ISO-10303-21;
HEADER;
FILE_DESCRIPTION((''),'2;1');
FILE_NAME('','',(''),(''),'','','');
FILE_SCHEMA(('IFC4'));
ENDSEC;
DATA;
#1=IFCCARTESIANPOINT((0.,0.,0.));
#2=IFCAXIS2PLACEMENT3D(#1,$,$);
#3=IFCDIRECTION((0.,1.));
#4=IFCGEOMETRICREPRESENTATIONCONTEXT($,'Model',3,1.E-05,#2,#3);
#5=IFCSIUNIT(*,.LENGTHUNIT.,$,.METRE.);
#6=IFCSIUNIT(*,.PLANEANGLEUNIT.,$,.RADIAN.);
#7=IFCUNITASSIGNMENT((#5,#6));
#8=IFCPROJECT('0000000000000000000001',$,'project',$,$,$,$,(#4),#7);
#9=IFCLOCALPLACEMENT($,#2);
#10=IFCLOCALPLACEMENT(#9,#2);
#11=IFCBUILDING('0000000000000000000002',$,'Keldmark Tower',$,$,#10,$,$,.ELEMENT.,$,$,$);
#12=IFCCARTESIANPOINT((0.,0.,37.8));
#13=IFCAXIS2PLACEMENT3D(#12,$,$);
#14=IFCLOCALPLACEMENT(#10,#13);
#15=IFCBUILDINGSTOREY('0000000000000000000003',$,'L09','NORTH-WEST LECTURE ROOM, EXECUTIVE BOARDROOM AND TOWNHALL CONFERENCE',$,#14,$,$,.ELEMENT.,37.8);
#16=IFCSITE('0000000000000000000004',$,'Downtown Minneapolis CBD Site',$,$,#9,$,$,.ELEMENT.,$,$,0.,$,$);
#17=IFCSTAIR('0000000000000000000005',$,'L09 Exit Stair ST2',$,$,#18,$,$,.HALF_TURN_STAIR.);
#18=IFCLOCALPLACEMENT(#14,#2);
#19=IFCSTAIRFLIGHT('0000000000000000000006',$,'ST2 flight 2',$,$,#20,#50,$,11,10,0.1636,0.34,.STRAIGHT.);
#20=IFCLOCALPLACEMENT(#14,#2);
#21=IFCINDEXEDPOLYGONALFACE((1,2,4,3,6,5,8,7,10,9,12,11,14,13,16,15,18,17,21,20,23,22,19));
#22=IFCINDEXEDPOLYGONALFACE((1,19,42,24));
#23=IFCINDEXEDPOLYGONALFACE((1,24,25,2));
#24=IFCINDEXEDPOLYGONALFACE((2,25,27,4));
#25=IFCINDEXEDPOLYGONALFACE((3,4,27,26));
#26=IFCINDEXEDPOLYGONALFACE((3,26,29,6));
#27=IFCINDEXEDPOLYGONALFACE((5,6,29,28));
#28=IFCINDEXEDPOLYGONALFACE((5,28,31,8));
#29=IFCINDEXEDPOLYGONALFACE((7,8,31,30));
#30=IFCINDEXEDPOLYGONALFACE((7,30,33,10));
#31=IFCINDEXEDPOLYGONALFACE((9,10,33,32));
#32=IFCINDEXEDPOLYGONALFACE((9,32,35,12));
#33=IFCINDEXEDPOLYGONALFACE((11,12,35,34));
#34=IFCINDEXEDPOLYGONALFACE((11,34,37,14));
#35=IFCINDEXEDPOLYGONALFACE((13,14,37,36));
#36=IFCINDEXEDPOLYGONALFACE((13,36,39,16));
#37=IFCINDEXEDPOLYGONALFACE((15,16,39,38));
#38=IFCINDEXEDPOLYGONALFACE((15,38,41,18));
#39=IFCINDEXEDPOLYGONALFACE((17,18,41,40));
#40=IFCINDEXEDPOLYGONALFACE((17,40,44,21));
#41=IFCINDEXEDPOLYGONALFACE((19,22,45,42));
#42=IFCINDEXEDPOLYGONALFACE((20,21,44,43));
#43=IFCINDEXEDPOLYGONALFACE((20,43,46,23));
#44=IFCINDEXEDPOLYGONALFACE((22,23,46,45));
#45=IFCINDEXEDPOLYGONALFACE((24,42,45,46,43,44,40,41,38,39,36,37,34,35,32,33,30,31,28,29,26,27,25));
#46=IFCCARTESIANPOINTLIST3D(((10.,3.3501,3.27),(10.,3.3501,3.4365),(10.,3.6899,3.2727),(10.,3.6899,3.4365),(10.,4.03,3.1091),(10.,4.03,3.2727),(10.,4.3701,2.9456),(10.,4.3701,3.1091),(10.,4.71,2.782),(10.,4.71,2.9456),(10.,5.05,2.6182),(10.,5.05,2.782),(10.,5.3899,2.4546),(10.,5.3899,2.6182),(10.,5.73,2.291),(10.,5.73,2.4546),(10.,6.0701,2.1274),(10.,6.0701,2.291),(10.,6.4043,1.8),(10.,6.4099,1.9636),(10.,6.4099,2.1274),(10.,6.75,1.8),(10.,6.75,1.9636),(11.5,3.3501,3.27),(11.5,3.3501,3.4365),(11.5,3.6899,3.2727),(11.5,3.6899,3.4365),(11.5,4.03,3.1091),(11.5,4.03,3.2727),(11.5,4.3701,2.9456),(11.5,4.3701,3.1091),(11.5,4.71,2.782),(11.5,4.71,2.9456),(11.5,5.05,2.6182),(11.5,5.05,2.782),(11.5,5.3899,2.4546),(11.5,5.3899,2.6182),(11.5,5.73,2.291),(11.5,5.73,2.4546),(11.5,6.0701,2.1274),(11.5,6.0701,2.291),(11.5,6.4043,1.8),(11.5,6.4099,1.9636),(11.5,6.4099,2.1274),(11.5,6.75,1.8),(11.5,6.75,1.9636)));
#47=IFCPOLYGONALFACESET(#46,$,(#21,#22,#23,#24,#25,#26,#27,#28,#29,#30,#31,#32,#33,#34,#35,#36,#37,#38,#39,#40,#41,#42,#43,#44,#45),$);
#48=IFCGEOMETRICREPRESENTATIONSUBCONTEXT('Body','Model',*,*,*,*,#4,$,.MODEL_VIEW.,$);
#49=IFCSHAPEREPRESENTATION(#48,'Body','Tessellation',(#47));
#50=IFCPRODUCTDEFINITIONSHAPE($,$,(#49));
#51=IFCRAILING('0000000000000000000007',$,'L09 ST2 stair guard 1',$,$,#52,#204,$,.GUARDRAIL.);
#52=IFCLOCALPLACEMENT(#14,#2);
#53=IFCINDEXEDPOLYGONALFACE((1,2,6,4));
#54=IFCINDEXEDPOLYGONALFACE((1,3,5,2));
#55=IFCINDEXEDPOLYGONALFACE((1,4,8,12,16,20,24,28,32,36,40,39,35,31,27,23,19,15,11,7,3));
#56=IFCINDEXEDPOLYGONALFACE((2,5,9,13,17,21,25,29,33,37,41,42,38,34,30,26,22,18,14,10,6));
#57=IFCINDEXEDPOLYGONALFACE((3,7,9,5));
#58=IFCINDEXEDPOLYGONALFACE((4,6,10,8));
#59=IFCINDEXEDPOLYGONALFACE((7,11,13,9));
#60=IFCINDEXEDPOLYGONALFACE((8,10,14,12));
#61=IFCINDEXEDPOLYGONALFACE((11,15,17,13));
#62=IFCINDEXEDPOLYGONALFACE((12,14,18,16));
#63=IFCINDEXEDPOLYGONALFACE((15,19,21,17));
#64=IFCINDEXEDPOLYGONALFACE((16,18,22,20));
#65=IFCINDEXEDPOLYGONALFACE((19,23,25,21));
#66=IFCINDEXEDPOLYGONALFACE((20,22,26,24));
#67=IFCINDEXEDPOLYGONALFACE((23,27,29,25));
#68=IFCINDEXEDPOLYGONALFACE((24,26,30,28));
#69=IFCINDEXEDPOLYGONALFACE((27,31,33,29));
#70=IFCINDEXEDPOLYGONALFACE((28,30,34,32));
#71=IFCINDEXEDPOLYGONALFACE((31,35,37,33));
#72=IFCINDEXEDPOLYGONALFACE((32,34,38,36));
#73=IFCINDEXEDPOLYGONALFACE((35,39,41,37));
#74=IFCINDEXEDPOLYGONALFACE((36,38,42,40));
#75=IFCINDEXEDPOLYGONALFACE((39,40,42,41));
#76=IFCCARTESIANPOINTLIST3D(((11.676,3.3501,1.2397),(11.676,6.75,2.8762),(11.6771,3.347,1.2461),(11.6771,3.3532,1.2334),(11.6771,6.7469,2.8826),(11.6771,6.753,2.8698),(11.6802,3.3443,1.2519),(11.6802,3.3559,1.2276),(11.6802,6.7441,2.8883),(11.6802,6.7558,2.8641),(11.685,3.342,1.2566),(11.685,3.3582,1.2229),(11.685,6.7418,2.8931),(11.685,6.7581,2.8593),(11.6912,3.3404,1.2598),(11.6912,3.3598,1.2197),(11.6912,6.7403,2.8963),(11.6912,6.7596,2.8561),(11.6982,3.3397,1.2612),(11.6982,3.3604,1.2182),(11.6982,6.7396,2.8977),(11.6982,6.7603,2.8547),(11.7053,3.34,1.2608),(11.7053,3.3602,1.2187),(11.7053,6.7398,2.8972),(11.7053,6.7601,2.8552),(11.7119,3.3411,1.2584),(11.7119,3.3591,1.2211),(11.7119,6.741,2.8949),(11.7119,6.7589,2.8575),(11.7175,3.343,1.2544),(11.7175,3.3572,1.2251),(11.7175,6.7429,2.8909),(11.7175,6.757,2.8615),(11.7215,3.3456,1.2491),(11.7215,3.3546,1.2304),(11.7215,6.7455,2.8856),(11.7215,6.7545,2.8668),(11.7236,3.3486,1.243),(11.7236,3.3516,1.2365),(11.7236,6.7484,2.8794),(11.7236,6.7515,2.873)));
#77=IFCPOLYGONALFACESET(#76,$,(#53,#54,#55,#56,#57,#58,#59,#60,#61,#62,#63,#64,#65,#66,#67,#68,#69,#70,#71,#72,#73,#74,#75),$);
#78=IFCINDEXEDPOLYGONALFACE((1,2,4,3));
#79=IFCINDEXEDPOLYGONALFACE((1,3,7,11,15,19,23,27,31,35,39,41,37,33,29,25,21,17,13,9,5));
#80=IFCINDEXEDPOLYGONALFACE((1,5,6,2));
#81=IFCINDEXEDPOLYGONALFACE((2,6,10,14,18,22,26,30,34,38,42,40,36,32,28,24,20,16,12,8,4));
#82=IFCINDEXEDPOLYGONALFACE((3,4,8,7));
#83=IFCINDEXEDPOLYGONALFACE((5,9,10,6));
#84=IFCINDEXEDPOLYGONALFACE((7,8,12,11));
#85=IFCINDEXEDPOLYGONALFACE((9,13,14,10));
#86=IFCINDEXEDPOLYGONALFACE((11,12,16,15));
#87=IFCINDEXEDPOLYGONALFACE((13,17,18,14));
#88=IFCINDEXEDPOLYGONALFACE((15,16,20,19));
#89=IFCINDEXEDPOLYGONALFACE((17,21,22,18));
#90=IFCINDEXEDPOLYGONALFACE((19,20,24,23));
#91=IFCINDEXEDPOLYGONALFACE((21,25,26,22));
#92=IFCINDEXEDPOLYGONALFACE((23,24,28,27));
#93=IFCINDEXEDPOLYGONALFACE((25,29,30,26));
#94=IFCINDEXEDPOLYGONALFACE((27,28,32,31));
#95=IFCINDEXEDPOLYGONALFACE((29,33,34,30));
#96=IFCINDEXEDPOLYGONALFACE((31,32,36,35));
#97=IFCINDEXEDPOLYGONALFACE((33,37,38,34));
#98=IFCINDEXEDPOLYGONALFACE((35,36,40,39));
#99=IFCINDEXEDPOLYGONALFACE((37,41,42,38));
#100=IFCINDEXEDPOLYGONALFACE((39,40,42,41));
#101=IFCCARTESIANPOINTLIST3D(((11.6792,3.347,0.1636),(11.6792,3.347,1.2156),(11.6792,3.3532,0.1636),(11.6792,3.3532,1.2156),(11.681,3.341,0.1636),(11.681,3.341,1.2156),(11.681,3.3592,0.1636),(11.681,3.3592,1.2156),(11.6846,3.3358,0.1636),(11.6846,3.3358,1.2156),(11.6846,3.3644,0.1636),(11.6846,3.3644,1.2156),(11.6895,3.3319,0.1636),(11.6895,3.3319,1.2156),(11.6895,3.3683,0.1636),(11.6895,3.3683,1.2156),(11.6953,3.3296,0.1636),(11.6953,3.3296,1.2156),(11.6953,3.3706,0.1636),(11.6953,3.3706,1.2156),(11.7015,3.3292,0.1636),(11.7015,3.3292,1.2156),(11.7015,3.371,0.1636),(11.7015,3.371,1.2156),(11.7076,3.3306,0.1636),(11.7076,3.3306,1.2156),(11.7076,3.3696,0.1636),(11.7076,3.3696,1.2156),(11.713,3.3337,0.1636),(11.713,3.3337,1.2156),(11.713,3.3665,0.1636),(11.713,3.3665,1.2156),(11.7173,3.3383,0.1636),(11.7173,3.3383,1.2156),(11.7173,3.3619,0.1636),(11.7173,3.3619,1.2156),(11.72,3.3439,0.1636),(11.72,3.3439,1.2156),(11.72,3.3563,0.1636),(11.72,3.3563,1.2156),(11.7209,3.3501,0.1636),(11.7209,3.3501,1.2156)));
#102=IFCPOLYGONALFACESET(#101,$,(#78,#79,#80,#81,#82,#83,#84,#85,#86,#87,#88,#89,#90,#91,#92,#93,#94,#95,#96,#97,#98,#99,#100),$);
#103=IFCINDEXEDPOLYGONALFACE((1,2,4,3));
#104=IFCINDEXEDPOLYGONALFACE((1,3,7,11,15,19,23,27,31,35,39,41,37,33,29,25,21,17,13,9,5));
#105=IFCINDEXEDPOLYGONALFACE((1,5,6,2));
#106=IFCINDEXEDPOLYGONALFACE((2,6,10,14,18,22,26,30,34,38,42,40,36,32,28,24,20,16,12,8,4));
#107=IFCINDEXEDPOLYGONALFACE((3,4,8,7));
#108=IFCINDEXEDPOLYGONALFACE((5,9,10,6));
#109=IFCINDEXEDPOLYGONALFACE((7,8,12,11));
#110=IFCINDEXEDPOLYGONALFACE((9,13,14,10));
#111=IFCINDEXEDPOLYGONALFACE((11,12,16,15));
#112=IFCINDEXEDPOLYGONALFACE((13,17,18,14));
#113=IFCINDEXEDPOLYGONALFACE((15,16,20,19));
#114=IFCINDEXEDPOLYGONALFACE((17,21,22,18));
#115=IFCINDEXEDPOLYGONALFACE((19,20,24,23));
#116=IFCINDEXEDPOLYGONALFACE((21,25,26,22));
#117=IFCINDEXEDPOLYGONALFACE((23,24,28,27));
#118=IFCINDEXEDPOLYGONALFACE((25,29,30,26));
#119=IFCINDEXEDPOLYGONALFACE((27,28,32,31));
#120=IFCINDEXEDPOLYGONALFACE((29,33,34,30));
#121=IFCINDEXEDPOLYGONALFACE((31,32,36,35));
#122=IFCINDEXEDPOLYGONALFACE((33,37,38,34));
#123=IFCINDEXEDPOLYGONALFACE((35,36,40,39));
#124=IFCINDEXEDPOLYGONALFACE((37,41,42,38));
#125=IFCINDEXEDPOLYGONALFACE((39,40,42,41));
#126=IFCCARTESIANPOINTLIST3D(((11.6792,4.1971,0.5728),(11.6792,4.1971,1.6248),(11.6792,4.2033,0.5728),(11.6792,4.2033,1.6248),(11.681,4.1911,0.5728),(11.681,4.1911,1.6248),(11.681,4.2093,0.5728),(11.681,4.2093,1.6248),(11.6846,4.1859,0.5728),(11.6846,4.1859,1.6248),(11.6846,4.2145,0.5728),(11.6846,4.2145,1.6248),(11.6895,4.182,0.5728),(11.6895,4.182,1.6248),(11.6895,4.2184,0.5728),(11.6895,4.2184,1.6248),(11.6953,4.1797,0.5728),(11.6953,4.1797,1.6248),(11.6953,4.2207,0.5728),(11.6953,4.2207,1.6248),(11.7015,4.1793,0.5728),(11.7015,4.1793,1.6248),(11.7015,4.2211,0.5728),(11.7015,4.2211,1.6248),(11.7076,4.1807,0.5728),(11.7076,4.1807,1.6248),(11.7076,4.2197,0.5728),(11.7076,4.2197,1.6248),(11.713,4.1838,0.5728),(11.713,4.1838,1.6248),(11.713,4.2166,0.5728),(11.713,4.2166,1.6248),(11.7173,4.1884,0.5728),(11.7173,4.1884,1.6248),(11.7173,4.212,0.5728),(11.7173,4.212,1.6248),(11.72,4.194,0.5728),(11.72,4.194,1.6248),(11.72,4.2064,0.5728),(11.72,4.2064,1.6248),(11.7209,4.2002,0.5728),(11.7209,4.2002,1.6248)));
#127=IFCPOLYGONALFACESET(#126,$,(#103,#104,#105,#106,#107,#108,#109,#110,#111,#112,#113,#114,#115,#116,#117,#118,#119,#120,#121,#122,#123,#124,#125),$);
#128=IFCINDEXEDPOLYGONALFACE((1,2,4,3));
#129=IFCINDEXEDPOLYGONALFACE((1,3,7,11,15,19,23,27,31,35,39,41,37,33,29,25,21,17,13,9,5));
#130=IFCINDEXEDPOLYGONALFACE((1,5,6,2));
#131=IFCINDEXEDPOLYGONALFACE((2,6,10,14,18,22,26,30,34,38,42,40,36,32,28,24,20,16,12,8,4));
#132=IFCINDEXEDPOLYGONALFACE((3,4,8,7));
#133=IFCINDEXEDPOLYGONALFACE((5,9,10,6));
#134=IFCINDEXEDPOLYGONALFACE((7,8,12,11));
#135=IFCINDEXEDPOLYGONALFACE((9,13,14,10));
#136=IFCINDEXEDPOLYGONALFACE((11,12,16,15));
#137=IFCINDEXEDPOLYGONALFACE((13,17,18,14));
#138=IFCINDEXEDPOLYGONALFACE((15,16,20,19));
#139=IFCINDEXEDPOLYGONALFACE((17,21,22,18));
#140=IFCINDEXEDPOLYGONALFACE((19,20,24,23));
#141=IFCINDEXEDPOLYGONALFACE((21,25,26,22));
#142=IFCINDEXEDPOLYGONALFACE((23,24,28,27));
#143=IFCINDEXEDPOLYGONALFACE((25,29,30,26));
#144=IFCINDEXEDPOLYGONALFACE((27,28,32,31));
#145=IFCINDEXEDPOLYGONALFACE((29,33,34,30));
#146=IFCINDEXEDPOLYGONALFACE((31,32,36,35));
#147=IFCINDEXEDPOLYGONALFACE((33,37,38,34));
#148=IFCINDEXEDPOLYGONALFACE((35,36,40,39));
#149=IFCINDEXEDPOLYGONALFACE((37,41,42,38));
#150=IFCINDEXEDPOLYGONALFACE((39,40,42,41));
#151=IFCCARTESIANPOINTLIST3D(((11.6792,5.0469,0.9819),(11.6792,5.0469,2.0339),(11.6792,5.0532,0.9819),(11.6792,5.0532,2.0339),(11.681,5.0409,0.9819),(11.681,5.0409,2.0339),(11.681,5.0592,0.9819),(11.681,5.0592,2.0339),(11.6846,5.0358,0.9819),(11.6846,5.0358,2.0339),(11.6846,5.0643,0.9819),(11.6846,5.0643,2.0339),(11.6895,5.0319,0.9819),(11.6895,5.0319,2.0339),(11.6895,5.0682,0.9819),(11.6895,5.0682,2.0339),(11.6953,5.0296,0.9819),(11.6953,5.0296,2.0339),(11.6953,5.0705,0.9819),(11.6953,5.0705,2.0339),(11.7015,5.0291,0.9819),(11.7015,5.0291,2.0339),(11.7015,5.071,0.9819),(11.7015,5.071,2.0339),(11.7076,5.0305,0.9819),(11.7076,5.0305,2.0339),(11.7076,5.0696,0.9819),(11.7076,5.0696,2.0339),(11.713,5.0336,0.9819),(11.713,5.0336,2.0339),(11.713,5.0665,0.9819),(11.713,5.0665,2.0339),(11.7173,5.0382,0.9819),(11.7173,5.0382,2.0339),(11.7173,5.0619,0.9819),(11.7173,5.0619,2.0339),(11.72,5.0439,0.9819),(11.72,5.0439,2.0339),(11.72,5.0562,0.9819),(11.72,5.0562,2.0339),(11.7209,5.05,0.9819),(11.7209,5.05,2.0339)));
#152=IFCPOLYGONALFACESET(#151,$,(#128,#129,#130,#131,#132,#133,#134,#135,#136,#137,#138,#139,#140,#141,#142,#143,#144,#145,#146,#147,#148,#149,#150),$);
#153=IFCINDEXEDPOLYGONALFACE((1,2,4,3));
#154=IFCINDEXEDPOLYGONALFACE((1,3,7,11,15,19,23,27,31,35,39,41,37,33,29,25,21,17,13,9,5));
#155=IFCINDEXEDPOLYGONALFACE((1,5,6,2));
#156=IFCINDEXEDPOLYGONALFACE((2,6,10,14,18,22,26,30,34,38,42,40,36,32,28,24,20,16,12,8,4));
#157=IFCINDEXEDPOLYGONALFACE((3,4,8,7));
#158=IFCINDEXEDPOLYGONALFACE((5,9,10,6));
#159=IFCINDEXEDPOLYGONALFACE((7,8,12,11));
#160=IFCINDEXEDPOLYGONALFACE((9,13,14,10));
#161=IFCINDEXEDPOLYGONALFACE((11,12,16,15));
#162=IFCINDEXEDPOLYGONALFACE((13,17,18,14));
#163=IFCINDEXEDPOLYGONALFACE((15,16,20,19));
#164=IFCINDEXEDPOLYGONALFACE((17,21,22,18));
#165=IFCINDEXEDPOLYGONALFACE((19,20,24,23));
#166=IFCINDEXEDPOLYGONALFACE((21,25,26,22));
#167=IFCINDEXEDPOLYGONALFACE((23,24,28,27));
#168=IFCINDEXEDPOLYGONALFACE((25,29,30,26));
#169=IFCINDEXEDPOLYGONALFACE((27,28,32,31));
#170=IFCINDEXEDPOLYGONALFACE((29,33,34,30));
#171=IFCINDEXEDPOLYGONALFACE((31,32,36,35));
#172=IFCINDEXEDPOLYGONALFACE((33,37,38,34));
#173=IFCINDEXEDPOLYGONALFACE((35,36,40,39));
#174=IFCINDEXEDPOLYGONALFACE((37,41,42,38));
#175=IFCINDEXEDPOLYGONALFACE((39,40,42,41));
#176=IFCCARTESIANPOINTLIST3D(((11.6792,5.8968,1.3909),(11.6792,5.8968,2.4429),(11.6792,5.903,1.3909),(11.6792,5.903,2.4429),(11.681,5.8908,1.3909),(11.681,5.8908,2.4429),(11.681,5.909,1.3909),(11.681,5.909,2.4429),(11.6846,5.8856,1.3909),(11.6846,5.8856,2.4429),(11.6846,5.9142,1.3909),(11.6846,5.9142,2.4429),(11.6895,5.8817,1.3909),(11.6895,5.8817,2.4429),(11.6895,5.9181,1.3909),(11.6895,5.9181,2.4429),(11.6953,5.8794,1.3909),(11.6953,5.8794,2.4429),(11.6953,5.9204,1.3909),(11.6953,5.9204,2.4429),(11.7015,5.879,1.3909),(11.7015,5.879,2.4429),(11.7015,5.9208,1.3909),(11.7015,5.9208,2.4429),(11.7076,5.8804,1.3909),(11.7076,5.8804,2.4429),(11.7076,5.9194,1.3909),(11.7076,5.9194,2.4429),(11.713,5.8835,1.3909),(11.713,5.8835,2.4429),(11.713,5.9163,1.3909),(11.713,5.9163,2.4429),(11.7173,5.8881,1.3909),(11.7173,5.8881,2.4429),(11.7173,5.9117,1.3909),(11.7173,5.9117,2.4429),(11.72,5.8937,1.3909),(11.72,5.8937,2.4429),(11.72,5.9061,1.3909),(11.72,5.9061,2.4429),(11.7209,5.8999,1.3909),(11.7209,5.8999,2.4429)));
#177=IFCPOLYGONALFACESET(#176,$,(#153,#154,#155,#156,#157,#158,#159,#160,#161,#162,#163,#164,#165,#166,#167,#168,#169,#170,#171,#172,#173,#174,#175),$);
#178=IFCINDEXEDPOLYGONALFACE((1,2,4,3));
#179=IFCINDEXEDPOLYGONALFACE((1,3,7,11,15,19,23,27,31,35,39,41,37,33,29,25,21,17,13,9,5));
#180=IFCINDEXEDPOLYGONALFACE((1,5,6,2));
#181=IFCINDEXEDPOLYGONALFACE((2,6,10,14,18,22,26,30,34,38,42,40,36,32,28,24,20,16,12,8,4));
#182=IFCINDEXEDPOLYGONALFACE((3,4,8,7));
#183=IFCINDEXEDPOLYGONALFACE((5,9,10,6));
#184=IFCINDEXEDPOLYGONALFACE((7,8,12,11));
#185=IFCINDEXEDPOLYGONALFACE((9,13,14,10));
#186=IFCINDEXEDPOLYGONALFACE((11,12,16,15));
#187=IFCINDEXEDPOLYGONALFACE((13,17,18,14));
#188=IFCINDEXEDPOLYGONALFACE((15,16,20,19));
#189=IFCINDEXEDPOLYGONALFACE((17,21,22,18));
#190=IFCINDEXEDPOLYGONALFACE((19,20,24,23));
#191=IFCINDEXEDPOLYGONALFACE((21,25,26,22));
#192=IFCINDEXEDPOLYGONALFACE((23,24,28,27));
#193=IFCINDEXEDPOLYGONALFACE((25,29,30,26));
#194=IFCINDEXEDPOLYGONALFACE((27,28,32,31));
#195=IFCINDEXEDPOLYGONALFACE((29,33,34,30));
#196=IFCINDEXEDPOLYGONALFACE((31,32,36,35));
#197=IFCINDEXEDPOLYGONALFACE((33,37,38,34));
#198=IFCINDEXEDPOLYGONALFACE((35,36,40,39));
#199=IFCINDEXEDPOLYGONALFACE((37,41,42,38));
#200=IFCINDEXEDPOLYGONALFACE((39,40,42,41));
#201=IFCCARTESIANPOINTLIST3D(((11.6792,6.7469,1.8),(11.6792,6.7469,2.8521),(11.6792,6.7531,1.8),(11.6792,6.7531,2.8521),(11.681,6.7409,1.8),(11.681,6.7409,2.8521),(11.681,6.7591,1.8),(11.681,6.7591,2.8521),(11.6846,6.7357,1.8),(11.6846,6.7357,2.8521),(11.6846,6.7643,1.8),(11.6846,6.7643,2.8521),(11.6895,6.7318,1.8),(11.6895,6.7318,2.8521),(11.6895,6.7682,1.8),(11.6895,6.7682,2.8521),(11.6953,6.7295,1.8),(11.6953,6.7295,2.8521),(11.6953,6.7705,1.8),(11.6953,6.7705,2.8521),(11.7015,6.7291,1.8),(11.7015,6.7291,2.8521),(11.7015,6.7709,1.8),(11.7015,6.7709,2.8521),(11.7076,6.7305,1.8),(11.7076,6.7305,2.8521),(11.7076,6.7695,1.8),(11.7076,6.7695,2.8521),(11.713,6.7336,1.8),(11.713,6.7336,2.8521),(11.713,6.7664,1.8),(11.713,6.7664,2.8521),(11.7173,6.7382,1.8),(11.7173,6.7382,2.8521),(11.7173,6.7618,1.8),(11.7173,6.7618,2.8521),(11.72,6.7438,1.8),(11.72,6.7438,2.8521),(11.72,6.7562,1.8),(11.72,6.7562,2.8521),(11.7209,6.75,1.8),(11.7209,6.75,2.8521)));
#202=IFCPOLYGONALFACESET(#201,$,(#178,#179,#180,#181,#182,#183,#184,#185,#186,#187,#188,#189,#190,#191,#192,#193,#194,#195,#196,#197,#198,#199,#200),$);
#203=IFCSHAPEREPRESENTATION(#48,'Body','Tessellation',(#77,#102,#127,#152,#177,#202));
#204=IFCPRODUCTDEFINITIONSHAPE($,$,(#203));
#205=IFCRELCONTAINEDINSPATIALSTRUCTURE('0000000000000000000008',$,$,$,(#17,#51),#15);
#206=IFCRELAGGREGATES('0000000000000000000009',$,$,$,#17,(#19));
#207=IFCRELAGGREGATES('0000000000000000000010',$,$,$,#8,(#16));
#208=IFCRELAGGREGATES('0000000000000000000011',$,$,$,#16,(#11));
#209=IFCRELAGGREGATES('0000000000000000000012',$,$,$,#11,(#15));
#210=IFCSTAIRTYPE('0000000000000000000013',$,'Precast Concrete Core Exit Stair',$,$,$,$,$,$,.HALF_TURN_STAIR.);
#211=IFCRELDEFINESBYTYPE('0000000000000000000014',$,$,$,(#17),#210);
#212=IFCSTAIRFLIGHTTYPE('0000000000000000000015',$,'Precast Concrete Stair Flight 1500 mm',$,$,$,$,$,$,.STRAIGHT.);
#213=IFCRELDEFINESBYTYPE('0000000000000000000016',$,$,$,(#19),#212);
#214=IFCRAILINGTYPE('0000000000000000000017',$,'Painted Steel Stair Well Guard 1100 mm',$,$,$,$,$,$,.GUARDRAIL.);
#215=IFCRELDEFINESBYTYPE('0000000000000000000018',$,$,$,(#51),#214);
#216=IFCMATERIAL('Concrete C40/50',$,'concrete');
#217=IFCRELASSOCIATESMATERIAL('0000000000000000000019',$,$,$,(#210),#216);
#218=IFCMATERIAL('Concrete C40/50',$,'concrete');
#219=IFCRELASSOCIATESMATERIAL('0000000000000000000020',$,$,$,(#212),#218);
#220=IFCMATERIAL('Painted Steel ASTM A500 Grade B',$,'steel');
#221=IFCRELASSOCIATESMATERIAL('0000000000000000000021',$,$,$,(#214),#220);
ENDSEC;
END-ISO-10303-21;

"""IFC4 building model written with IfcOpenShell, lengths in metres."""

from ifc_helpers import new_model, si_unit, direction, frame, origin, origin_2d, place, context, subcontext, project, spatial, polyline, circle, outline, extrude, material, type_object, element, aggregate, save


model = new_model("IFC4")

# Units and contexts
model_context = context("Model", 3, precision=1e-05, world=origin(), true_north=direction((0.0, 1.0)))
body_context = subcontext(model_context, "Body", "Model", "MODEL_VIEW")
ifc_project = project(units=[si_unit("LENGTHUNIT", "METRE"), si_unit("PLANEANGLEUNIT", "RADIAN")], contexts=[model_context])

# Site, building, storey
site_placement = place(None, origin())
site = spatial("IfcSite", under=ifc_project, at=site_placement, Name="Downtown Minneapolis CBD Site", CompositionType="ELEMENT", RefElevation=0.0)
building_placement = place(site_placement, origin())
building = spatial("IfcBuilding", under=site, at=building_placement, Name="Keldmark Tower", CompositionType="ELEMENT")
storey_placement = place(building_placement, frame((0.0, 0.0, 37.8)))
storey = spatial("IfcBuildingStorey", under=building, at=storey_placement, Name="L09", Description="NORTH-WEST LECTURE ROOM, EXECUTIVE BOARDROOM AND TOWNHALL CONFERENCE", CompositionType="ELEMENT", Elevation=37.8)

# Stair, stair flight
ifc_material_1 = material(Name="Concrete C40/50", Category="concrete")
stair_type = type_object("IfcStairType", Name="Precast Concrete Core Exit Stair", PredefinedType="HALF_TURN_STAIR", material=ifc_material_1)
stair_placement = place(storey_placement, origin())
stair = element("IfcStair", 1, at=stair_placement, inside=storey, type_object=stair_type, Name="L09 Exit Stair ST2", PredefinedType="HALF_TURN_STAIR")
ifc_material_2 = material(Name="Concrete C40/50", Category="concrete")
stair_flight_type = type_object("IfcStairFlightType", Name="Precast Concrete Stair Flight 1500 mm", PredefinedType="STRAIGHT", material=ifc_material_2)
stair_flight_1_placement = place(storey_placement, frame((10.75, 6.75, 1.8), z_axis=(0.0, 0.0, 1.0), x_axis=(0.0, -1.0, 0.0)))
stair_flight_1 = element("IfcStairFlight", 2, at=stair_flight_1_placement, type_object=stair_flight_type, Name="ST2 flight 2", NumberOfRisers=11, NumberOfTreads=10, PredefinedType="STRAIGHT", RiserHeight=0.1636, TreadLength=0.34, context=body_context, shape_type="SweptSolid", body=[
    extrude(outline(polyline([(0.0, 0.0), (0.0, 0.1636), (0.3401, 0.1636), (0.3401, 0.3274), (0.6799, 0.3274), (0.6799, 0.491), (1.02, 0.491), (1.02, 0.6545), (1.3601, 0.6545), (1.3601, 0.8181), (1.7, 0.8181), (1.7, 0.9819), (2.04, 0.9819), (2.04, 1.1455), (2.3799, 1.1455), (2.3799, 1.3091), (2.72, 1.3091), (2.72, 1.4727), (3.0601, 1.4727), (3.0601, 1.6365), (3.3999, 1.6365), (3.3999, 1.8), (3.3999, 1.47), (0.3457, 0.0), (0.0, 0.0)])), frame((0.0, 0.75, 0.0), z_axis=(0.0, -1.0, 0.0), x_axis=(1.0, 0.0, 0.0)), (0.0, 0.0, 1.0), 1.5),
])
aggregate(stair, [stair_flight_1])

# Railing
ifc_material_3 = material(Name="Painted Steel ASTM A500 Grade B", Category="steel")
railing_type_1 = type_object("IfcRailingType", Name="Painted Steel Stair Well Guard 1100 mm", PredefinedType="GUARDRAIL", material=ifc_material_3)
railing_1_placement = place(storey_placement, frame((11.7, 3.3501, 0.1636)))
element("IfcRailing", 3, at=railing_1_placement, inside=storey, type_object=railing_type_1, Name="L09 ST2 stair guard 1", PredefinedType="GUARDRAIL", context=body_context, shape_type="SweptSolid", body=[
    extrude(circle(Radius=0.0239, at=origin_2d()), frame((0.0, 0.0, 1.0762), z_axis=(0.0, 0.901055, 0.433705), x_axis=(-1.0, 0.0, 0.0)), (0.0, 0.0, 1.0), 3.7732),
    extrude(circle(Radius=0.021, at=origin_2d()), origin(), (0.0, 0.0, 1.0), 1.052),
    extrude(circle(Radius=0.021, at=origin_2d()), frame((0.0, 0.8501, 0.4092)), (0.0, 0.0, 1.0), 1.052),
    extrude(circle(Radius=0.021, at=origin_2d()), frame((0.0, 1.7, 0.8184)), (0.0, 0.0, 1.0), 1.052),
    extrude(circle(Radius=0.021, at=origin_2d()), frame((0.0, 2.5498, 1.2273)), (0.0, 0.0, 1.0), 1.052),
    extrude(circle(Radius=0.021, at=origin_2d()), frame((0.0, 3.3999, 1.6365)), (0.0, 0.0, 1.0), 1.052),
])

save(model, "model.ifc")
